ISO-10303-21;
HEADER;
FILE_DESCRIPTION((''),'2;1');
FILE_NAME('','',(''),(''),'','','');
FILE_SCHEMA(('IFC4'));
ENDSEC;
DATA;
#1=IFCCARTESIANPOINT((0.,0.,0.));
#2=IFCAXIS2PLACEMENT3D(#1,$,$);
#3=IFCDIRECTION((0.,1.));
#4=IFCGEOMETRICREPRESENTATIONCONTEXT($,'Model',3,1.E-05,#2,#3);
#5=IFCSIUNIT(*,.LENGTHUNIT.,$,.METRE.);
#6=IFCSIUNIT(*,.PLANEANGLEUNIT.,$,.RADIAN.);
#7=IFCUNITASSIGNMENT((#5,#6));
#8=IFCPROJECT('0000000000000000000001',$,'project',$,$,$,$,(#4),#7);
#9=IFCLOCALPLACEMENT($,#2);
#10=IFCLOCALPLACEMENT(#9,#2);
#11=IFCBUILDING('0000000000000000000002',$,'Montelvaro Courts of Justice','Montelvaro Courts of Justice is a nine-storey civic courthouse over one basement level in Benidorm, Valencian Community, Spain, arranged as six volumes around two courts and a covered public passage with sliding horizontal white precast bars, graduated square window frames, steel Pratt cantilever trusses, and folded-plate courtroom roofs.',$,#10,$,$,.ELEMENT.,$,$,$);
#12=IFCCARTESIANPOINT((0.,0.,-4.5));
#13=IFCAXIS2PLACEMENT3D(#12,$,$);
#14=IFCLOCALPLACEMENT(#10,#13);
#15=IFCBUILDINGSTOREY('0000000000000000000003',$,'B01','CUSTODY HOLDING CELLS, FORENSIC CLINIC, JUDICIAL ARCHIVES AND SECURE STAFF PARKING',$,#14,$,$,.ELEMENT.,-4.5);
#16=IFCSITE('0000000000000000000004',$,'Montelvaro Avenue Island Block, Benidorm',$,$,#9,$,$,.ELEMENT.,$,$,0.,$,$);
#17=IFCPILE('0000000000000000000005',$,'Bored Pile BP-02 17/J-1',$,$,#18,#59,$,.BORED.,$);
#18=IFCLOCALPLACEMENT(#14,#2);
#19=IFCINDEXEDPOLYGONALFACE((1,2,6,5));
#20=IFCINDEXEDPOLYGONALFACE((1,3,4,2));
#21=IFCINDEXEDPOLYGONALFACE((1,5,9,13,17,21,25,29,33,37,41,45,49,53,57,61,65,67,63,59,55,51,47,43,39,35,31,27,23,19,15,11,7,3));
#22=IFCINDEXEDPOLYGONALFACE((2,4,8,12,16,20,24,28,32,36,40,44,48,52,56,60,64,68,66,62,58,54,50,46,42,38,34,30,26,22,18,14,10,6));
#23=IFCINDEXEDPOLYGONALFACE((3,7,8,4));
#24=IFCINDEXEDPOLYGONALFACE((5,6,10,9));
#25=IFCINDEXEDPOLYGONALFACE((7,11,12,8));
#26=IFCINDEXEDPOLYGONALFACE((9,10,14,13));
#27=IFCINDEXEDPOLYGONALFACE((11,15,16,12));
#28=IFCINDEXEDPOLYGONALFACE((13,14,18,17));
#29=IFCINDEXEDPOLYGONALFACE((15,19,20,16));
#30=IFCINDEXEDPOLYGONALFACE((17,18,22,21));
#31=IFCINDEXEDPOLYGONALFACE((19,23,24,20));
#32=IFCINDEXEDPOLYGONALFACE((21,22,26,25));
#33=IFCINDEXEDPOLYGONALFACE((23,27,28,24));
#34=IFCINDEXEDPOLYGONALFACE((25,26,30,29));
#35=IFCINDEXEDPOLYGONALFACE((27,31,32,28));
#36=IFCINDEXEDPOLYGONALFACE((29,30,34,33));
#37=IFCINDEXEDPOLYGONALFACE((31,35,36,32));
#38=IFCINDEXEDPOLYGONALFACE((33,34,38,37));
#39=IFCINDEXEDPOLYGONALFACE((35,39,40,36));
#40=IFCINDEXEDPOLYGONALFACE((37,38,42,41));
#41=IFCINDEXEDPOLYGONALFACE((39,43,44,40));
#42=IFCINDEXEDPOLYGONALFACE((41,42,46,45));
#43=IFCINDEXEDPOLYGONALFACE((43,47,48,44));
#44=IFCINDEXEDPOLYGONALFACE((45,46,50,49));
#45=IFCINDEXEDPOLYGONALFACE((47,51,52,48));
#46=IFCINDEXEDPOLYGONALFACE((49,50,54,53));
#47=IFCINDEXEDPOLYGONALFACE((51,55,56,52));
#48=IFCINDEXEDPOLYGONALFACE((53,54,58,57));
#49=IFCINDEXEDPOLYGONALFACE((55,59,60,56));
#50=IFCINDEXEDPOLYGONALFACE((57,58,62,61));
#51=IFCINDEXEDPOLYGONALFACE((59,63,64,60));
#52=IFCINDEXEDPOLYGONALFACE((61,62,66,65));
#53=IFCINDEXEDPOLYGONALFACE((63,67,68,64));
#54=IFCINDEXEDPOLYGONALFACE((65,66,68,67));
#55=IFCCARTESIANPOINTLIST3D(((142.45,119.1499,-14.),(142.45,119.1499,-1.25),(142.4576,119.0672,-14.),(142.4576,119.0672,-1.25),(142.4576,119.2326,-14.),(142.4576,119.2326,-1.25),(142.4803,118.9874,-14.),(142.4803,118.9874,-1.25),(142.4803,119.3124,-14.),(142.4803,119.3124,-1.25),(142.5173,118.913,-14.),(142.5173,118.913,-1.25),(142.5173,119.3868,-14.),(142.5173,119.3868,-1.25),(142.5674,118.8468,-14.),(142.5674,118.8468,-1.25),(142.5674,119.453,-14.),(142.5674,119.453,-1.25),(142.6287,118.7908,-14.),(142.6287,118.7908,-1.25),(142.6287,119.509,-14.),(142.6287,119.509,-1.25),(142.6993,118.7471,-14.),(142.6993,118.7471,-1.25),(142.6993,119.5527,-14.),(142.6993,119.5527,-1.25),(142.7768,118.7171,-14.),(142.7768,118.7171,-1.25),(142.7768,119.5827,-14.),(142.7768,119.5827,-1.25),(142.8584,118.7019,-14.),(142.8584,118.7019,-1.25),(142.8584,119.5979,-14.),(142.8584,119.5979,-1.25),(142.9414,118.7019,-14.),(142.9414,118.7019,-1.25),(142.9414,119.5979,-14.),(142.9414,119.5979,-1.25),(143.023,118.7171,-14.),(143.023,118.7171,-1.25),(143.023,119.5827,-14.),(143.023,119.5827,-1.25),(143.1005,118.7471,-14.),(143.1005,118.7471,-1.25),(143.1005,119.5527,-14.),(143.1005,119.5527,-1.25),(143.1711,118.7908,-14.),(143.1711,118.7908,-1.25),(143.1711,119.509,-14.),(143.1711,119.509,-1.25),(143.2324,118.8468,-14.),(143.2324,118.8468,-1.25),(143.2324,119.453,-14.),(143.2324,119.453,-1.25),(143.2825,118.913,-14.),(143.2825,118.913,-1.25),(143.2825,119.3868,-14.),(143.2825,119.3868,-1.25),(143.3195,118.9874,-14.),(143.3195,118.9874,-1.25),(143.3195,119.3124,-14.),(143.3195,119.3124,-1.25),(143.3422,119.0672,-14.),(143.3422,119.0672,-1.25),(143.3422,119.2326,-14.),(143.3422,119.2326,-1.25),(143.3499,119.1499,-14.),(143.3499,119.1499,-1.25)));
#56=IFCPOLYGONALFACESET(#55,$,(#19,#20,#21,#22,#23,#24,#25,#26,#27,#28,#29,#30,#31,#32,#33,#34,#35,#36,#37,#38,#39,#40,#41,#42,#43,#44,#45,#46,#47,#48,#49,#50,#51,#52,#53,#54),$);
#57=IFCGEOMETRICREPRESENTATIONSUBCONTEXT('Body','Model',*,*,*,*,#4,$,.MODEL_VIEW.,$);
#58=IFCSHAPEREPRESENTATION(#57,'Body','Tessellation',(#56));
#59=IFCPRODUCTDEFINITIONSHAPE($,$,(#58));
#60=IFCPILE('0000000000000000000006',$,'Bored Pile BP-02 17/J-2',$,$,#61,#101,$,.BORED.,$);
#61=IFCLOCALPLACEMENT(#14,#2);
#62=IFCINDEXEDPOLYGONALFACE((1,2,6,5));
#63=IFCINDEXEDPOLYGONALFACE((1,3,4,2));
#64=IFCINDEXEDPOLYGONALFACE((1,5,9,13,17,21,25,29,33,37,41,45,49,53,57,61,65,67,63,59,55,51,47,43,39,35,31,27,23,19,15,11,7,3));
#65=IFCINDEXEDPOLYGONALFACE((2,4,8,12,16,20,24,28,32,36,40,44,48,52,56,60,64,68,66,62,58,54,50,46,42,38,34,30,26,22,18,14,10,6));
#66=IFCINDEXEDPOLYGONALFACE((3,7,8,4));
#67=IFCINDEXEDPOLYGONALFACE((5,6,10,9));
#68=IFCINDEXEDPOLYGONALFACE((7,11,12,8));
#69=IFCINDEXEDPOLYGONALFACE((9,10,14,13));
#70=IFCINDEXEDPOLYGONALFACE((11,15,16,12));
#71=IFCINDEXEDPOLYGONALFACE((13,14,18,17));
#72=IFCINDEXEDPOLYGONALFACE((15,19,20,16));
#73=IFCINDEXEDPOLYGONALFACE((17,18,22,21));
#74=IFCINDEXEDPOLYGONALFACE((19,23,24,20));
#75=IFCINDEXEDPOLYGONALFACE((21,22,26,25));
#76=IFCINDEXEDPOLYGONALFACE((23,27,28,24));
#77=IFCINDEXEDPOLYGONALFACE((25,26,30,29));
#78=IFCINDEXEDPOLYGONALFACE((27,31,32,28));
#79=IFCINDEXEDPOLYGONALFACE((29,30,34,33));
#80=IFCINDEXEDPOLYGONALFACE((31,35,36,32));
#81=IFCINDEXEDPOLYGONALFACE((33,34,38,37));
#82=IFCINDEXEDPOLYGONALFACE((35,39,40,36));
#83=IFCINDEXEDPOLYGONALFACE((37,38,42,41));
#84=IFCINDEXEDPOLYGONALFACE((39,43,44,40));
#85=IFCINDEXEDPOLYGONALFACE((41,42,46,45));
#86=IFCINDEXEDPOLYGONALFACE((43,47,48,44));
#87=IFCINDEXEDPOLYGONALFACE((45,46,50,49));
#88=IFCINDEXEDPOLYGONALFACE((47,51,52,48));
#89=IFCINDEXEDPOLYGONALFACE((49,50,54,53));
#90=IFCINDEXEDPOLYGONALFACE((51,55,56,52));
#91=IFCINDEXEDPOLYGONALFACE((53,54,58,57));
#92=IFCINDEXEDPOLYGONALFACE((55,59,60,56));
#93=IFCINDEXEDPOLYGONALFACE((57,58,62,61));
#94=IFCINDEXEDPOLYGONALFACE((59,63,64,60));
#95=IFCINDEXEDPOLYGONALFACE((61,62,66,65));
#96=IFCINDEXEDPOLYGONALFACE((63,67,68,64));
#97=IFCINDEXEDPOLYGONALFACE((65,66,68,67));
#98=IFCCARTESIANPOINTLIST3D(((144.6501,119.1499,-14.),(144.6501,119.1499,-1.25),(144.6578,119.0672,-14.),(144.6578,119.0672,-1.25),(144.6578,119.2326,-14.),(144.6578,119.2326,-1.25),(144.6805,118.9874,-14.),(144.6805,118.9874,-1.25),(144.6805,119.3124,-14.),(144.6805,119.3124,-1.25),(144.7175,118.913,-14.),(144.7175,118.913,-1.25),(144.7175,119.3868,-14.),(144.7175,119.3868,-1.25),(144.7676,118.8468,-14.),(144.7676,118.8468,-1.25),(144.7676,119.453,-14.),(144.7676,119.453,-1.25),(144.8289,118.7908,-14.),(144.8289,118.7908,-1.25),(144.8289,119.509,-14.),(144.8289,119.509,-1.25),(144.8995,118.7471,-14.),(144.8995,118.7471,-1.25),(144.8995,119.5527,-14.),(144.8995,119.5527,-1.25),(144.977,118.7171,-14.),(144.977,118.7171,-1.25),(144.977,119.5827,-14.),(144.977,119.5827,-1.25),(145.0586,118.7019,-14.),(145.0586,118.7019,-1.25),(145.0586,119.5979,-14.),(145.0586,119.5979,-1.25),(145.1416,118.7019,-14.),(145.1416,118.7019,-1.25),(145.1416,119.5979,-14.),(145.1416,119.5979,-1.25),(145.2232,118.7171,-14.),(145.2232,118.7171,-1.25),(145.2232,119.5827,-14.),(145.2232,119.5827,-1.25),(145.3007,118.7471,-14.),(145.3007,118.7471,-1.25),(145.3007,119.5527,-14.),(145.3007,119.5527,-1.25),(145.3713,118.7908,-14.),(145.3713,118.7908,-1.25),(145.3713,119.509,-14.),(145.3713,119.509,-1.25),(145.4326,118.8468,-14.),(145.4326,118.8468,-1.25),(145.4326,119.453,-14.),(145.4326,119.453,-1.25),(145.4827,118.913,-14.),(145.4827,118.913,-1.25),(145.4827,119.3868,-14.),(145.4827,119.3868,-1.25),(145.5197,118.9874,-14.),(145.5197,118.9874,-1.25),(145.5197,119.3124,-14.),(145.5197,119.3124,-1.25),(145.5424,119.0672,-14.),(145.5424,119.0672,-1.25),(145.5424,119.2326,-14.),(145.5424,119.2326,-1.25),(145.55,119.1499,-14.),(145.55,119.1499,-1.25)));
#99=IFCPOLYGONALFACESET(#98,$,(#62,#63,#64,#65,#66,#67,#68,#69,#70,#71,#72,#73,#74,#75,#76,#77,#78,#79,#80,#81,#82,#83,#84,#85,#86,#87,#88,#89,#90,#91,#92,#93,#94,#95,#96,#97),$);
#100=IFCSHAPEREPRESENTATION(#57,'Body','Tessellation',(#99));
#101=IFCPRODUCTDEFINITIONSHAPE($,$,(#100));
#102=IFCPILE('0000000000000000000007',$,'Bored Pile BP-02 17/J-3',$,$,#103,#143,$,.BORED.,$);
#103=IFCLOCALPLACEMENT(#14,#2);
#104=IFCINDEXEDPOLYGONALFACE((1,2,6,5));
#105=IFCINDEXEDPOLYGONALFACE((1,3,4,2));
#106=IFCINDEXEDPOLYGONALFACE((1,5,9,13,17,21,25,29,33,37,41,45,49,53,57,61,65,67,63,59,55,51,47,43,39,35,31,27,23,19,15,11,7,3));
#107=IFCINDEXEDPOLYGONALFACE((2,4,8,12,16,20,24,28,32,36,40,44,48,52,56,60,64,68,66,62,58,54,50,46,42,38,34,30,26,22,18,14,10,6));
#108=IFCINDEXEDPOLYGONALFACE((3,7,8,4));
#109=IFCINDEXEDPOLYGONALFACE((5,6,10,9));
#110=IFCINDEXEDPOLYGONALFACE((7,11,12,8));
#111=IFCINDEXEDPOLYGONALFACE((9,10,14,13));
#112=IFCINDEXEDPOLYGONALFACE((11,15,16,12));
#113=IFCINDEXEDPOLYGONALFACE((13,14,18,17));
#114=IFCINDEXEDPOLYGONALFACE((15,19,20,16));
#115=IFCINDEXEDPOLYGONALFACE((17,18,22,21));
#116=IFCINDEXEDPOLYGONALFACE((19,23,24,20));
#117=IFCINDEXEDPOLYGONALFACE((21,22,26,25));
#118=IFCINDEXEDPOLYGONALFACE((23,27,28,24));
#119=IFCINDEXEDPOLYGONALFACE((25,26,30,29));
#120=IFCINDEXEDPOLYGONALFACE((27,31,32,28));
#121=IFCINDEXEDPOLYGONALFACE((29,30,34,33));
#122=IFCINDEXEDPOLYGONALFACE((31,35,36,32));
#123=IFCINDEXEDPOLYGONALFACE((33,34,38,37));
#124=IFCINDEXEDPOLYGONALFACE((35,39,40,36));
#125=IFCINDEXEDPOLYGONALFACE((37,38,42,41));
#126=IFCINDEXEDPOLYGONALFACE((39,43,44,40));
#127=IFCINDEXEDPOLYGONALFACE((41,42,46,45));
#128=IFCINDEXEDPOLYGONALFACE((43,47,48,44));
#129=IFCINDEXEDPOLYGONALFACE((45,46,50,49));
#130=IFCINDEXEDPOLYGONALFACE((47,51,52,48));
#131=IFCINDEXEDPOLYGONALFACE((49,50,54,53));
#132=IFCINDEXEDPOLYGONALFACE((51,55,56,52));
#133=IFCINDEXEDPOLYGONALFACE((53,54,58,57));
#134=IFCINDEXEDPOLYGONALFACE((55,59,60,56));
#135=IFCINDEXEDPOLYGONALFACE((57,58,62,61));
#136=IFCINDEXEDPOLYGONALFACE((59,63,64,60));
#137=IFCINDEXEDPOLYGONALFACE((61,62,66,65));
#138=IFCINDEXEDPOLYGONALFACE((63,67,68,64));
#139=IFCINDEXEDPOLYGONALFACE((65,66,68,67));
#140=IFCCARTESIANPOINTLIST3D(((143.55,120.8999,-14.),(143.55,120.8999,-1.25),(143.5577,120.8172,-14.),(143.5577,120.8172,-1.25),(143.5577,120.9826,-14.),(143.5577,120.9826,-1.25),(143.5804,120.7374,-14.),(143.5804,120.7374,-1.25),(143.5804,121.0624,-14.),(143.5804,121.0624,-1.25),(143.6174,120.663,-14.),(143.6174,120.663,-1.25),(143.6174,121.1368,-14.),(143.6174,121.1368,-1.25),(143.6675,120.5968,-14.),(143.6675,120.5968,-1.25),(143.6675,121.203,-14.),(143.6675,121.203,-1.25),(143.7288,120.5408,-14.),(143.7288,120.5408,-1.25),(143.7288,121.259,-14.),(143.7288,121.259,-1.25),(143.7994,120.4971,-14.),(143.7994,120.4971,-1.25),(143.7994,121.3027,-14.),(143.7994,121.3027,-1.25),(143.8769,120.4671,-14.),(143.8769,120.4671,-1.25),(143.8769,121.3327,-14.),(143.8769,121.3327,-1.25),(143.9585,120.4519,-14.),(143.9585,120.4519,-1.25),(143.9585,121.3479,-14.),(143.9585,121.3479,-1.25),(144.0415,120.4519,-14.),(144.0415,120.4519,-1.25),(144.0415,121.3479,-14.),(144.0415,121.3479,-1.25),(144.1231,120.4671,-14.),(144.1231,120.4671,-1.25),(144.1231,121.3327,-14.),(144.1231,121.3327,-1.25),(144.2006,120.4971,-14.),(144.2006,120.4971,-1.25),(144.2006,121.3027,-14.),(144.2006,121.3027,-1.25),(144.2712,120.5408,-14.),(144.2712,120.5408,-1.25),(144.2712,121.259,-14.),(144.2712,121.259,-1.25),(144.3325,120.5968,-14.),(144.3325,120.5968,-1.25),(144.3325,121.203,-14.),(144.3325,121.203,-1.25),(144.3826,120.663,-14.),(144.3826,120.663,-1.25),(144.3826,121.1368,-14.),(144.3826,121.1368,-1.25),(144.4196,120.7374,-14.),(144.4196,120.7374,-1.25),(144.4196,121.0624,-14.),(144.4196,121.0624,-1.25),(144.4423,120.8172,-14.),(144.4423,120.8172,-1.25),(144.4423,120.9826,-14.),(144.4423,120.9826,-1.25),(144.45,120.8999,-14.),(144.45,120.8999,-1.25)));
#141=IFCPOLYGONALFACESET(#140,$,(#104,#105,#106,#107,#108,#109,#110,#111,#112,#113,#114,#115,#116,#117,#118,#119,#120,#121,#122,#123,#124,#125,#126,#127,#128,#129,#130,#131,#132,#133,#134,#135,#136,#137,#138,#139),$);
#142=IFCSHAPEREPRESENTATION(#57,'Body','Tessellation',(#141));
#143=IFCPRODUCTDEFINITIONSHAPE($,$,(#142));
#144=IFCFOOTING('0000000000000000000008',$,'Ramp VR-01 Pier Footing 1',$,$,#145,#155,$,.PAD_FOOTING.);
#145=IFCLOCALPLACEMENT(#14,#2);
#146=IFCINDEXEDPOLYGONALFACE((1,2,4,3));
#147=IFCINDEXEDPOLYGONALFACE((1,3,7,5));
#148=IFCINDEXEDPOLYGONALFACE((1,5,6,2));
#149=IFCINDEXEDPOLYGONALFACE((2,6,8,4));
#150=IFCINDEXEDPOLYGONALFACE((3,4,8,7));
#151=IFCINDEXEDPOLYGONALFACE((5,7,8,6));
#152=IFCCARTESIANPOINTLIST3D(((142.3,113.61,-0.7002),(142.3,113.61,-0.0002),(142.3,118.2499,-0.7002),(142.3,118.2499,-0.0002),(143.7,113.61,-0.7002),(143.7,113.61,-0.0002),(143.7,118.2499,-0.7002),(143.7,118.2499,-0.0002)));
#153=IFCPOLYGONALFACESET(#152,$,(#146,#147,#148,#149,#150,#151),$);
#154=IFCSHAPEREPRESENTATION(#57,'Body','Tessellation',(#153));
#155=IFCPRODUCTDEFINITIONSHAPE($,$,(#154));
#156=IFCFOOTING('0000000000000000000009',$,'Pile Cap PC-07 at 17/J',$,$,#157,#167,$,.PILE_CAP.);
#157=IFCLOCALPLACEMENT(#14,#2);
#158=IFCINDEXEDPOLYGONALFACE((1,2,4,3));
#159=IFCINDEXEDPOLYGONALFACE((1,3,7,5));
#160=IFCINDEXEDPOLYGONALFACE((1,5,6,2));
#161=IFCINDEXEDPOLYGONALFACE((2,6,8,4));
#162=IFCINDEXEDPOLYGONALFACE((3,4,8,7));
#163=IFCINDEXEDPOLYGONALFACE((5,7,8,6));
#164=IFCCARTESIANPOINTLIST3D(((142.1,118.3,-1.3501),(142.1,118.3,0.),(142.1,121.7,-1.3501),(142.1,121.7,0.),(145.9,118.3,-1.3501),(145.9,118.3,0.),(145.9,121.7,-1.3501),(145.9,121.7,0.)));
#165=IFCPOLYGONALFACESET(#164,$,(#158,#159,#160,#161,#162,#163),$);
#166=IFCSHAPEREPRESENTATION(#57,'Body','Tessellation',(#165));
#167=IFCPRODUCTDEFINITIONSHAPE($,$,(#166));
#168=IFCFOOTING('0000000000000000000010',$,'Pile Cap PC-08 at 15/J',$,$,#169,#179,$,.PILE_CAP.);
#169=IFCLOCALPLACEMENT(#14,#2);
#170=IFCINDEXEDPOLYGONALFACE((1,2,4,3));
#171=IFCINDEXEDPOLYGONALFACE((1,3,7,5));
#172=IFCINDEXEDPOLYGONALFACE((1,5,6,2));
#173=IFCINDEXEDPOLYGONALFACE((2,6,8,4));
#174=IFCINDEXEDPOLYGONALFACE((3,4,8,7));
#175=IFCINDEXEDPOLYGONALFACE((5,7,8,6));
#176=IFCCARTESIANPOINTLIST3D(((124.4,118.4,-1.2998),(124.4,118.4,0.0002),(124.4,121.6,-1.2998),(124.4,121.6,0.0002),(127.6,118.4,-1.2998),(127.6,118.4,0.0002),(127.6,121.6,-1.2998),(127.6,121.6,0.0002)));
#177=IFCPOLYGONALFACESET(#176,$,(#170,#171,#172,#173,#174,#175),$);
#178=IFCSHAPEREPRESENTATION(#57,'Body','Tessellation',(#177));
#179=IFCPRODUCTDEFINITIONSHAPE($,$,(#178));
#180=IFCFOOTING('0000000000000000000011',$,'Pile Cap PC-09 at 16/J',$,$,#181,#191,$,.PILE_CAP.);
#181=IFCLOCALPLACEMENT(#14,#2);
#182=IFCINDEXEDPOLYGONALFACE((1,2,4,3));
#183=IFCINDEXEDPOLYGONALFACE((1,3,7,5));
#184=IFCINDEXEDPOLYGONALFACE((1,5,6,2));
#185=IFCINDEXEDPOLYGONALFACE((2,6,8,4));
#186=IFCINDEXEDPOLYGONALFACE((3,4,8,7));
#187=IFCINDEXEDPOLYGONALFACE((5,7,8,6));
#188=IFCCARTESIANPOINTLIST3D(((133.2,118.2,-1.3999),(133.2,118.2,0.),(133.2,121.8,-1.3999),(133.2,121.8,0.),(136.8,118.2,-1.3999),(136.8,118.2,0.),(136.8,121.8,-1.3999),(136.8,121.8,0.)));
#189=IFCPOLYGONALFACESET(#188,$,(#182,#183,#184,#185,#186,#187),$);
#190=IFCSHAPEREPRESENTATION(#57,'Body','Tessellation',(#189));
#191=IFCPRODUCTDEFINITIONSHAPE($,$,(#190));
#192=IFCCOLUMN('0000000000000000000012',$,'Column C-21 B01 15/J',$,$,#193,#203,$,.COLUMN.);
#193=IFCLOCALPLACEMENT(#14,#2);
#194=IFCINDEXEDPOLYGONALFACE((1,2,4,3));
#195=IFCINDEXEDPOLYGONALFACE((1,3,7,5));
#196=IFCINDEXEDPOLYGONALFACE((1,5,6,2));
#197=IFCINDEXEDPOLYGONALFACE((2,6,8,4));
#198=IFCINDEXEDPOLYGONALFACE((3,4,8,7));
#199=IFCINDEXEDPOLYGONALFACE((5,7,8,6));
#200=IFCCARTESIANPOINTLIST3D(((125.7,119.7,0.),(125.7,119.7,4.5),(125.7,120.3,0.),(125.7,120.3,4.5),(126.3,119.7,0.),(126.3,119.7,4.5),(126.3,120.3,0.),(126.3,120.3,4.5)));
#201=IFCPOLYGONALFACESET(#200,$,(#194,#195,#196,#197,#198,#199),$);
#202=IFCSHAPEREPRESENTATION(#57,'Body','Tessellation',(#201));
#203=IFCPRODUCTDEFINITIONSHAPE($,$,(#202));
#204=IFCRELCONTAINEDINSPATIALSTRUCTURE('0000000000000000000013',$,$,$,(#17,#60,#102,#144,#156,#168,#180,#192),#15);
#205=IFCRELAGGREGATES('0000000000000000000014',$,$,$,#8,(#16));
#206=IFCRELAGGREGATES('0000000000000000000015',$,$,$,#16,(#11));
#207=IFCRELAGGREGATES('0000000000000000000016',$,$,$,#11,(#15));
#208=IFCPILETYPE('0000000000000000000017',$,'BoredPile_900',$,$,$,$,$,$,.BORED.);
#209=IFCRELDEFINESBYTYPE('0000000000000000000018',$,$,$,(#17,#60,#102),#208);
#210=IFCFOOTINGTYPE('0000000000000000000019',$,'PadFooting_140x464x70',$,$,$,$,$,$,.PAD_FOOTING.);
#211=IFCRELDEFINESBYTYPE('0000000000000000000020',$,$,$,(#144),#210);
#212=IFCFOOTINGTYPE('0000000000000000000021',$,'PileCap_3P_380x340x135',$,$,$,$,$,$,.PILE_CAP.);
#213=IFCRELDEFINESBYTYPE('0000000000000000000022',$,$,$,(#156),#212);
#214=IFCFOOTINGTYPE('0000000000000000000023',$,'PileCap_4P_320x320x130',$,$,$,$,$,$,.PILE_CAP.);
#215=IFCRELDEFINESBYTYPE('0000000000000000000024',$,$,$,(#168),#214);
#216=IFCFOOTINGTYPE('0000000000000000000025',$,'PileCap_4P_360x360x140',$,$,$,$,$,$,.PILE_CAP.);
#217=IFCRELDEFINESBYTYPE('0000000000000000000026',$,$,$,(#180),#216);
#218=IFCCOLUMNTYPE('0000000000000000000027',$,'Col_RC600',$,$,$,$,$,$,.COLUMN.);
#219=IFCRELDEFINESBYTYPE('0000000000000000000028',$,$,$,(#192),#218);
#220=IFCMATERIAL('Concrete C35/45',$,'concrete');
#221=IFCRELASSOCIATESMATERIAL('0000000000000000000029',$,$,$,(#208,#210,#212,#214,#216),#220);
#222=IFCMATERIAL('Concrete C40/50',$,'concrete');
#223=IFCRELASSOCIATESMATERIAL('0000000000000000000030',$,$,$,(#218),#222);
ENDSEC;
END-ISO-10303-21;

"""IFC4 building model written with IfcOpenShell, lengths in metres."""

from ifc_helpers import new_model, si_unit, direction, frame, origin, origin_2d, place, context, subcontext, project, spatial, rectangle, circle, extrude, material, material_profile, profile_set, type_object, element, save


model = new_model("IFC4")

# Units and contexts
model_context = context("Model", 3, precision=1e-05, world=origin(), true_north=direction((0.0, 1.0)))
body_context = subcontext(model_context, "Body", "Model", "MODEL_VIEW")
ifc_project = project(units=[si_unit("LENGTHUNIT", "METRE"), si_unit("PLANEANGLEUNIT", "RADIAN")], contexts=[model_context])

# Site, building, storey
site_placement = place(None, origin())
site = spatial("IfcSite", under=ifc_project, at=site_placement, Name="Montelvaro Avenue Island Block, Benidorm", CompositionType="ELEMENT", RefElevation=0.0)
building_placement = place(site_placement, origin())
building = spatial("IfcBuilding", under=site, at=building_placement, Name="Montelvaro Courts of Justice", Description="Montelvaro Courts of Justice is a nine-storey civic courthouse over one basement level in Benidorm, Valencian Community, Spain, arranged as six volumes around two courts and a covered public passage with sliding horizontal white precast bars, graduated square window frames, steel Pratt cantilever trusses, and folded-plate courtroom roofs.", CompositionType="ELEMENT")
storey_placement = place(building_placement, frame((0.0, 0.0, -4.5)))
storey = spatial("IfcBuildingStorey", under=building, at=storey_placement, Name="B01", Description="CUSTODY HOLDING CELLS, FORENSIC CLINIC, JUDICIAL ARCHIVES AND SECURE STAFF PARKING", CompositionType="ELEMENT", Elevation=-4.5)

# Piles
ifc_material_1 = material(Name="Concrete C35/45", Category="concrete")
ifc_material_profile_1 = material_profile(ifc_material_1, circle(Radius=0.45, at=origin_2d()), Name="BORED PILE D900")
ifc_profile_set_1 = profile_set([ifc_material_profile_1], Name="Concrete C35/45")
pile_type_1 = type_object("IfcPileType", Name="BoredPile_900", PredefinedType="BORED", material=ifc_profile_set_1)
for number, where, z_axis, x_axis, name in (
    (1, (142.8999, 119.1499, -1.25), (0.0, 0.0, -1.0), (1.0, 0.0, 0.0), "Bored Pile BP-02 17/J-1"),
    (2, (145.1001, 119.1499, -1.25), (0.0, 0.0, -1.0), (1.0, 0.0, 0.0), "Bored Pile BP-02 17/J-2"),
    (3, (144.0, 120.8999, -1.25), (0.0, 0.0, -1.0), (1.0, 0.0, 0.0), "Bored Pile BP-02 17/J-3"),
):
    element("IfcPile", number, at=place(storey_placement, frame(where, z_axis=z_axis, x_axis=x_axis)), inside=storey, type_object=pile_type_1, Name=name, PredefinedType="BORED", context=body_context, shape_type="SweptSolid", body=[
        extrude(circle(Radius=0.45, at=origin_2d()), origin(), (0.0, 0.0, 1.0), 12.75),
    ])

# Footings
footing_type_1 = type_object("IfcFootingType", Name="PadFooting_140x464x70", PredefinedType="PAD_FOOTING", material=ifc_material_1)
footing_1_placement = place(storey_placement, frame((143.0, 115.9299, -0.7002), z_axis=(0.0, 0.0, 1.0), x_axis=(1.0, 0.0, 0.0)))
element("IfcFooting", 4, at=footing_1_placement, inside=storey, type_object=footing_type_1, Name="Ramp VR-01 Pier Footing 1", PredefinedType="PAD_FOOTING", context=body_context, shape_type="SweptSolid", body=[
    extrude(rectangle(XDim=1.3999, YDim=4.6399, at=origin_2d()), origin(), (0.0, 0.0, 1.0), 0.7),
])
footing_type_2 = type_object("IfcFootingType", Name="PileCap_3P_380x340x135", PredefinedType="PILE_CAP", material=ifc_material_1)
footing_2_placement = place(storey_placement, frame((144.0, 120.0, -1.3501), z_axis=(0.0, 0.0, 1.0), x_axis=(1.0, 0.0, 0.0)))
element("IfcFooting", 5, at=footing_2_placement, inside=storey, type_object=footing_type_2, Name="Pile Cap PC-07 at 17/J", PredefinedType="PILE_CAP", context=body_context, shape_type="SweptSolid", body=[
    extrude(rectangle(XDim=3.8, YDim=3.3999, at=origin_2d()), origin(), (0.0, 0.0, 1.0), 1.3501),
])
footing_type_3 = type_object("IfcFootingType", Name="PileCap_4P_320x320x130", PredefinedType="PILE_CAP", material=ifc_material_1)
footing_3_placement = place(storey_placement, frame((126.0, 120.0, -1.2998), z_axis=(0.0, 0.0, 1.0), x_axis=(1.0, 0.0, 0.0)))
element("IfcFooting", 6, at=footing_3_placement, inside=storey, type_object=footing_type_3, Name="Pile Cap PC-08 at 15/J", PredefinedType="PILE_CAP", context=body_context, shape_type="SweptSolid", body=[
    extrude(rectangle(XDim=3.2, YDim=3.2, at=origin_2d()), origin(), (0.0, 0.0, 1.0), 1.3),
])
footing_type_4 = type_object("IfcFootingType", Name="PileCap_4P_360x360x140", PredefinedType="PILE_CAP", material=ifc_material_1)
footing_4_placement = place(storey_placement, frame((135.0, 120.0, -1.3999), z_axis=(0.0, 0.0, 1.0), x_axis=(1.0, 0.0, 0.0)))
element("IfcFooting", 7, at=footing_4_placement, inside=storey, type_object=footing_type_4, Name="Pile Cap PC-09 at 16/J", PredefinedType="PILE_CAP", context=body_context, shape_type="SweptSolid", body=[
    extrude(rectangle(XDim=3.6001, YDim=3.6001, at=origin_2d()), origin(), (0.0, 0.0, 1.0), 1.3999),
])

# Column
ifc_material_2 = material(Name="Concrete C40/50", Category="concrete")
ifc_material_profile_2 = material_profile(ifc_material_2, rectangle(XDim=0.6001, YDim=0.6001, at=origin_2d()), Name="RC 600x600")
ifc_profile_set_2 = profile_set([ifc_material_profile_2], Name="Concrete C40/50")
column_type = type_object("IfcColumnType", Name="Col_RC600", PredefinedType="COLUMN", material=ifc_profile_set_2)
for number, where, z_axis, x_axis, name in (
    (8, (126.0, 120.0, 0.0), (0.0, 0.0, 1.0), (1.0, 0.0, 0.0), "Column C-21 B01 15/J"),
):
    element("IfcColumn", number, at=place(storey_placement, frame(where, z_axis=z_axis, x_axis=x_axis)), inside=storey, type_object=column_type, Name=name, PredefinedType="COLUMN", context=body_context, shape_type="SweptSolid", body=[
        extrude(rectangle(XDim=0.6001, YDim=0.6001, at=origin_2d()), origin(), (0.0, 0.0, 1.0), 4.5),
    ])

save(model, "model.ifc")
